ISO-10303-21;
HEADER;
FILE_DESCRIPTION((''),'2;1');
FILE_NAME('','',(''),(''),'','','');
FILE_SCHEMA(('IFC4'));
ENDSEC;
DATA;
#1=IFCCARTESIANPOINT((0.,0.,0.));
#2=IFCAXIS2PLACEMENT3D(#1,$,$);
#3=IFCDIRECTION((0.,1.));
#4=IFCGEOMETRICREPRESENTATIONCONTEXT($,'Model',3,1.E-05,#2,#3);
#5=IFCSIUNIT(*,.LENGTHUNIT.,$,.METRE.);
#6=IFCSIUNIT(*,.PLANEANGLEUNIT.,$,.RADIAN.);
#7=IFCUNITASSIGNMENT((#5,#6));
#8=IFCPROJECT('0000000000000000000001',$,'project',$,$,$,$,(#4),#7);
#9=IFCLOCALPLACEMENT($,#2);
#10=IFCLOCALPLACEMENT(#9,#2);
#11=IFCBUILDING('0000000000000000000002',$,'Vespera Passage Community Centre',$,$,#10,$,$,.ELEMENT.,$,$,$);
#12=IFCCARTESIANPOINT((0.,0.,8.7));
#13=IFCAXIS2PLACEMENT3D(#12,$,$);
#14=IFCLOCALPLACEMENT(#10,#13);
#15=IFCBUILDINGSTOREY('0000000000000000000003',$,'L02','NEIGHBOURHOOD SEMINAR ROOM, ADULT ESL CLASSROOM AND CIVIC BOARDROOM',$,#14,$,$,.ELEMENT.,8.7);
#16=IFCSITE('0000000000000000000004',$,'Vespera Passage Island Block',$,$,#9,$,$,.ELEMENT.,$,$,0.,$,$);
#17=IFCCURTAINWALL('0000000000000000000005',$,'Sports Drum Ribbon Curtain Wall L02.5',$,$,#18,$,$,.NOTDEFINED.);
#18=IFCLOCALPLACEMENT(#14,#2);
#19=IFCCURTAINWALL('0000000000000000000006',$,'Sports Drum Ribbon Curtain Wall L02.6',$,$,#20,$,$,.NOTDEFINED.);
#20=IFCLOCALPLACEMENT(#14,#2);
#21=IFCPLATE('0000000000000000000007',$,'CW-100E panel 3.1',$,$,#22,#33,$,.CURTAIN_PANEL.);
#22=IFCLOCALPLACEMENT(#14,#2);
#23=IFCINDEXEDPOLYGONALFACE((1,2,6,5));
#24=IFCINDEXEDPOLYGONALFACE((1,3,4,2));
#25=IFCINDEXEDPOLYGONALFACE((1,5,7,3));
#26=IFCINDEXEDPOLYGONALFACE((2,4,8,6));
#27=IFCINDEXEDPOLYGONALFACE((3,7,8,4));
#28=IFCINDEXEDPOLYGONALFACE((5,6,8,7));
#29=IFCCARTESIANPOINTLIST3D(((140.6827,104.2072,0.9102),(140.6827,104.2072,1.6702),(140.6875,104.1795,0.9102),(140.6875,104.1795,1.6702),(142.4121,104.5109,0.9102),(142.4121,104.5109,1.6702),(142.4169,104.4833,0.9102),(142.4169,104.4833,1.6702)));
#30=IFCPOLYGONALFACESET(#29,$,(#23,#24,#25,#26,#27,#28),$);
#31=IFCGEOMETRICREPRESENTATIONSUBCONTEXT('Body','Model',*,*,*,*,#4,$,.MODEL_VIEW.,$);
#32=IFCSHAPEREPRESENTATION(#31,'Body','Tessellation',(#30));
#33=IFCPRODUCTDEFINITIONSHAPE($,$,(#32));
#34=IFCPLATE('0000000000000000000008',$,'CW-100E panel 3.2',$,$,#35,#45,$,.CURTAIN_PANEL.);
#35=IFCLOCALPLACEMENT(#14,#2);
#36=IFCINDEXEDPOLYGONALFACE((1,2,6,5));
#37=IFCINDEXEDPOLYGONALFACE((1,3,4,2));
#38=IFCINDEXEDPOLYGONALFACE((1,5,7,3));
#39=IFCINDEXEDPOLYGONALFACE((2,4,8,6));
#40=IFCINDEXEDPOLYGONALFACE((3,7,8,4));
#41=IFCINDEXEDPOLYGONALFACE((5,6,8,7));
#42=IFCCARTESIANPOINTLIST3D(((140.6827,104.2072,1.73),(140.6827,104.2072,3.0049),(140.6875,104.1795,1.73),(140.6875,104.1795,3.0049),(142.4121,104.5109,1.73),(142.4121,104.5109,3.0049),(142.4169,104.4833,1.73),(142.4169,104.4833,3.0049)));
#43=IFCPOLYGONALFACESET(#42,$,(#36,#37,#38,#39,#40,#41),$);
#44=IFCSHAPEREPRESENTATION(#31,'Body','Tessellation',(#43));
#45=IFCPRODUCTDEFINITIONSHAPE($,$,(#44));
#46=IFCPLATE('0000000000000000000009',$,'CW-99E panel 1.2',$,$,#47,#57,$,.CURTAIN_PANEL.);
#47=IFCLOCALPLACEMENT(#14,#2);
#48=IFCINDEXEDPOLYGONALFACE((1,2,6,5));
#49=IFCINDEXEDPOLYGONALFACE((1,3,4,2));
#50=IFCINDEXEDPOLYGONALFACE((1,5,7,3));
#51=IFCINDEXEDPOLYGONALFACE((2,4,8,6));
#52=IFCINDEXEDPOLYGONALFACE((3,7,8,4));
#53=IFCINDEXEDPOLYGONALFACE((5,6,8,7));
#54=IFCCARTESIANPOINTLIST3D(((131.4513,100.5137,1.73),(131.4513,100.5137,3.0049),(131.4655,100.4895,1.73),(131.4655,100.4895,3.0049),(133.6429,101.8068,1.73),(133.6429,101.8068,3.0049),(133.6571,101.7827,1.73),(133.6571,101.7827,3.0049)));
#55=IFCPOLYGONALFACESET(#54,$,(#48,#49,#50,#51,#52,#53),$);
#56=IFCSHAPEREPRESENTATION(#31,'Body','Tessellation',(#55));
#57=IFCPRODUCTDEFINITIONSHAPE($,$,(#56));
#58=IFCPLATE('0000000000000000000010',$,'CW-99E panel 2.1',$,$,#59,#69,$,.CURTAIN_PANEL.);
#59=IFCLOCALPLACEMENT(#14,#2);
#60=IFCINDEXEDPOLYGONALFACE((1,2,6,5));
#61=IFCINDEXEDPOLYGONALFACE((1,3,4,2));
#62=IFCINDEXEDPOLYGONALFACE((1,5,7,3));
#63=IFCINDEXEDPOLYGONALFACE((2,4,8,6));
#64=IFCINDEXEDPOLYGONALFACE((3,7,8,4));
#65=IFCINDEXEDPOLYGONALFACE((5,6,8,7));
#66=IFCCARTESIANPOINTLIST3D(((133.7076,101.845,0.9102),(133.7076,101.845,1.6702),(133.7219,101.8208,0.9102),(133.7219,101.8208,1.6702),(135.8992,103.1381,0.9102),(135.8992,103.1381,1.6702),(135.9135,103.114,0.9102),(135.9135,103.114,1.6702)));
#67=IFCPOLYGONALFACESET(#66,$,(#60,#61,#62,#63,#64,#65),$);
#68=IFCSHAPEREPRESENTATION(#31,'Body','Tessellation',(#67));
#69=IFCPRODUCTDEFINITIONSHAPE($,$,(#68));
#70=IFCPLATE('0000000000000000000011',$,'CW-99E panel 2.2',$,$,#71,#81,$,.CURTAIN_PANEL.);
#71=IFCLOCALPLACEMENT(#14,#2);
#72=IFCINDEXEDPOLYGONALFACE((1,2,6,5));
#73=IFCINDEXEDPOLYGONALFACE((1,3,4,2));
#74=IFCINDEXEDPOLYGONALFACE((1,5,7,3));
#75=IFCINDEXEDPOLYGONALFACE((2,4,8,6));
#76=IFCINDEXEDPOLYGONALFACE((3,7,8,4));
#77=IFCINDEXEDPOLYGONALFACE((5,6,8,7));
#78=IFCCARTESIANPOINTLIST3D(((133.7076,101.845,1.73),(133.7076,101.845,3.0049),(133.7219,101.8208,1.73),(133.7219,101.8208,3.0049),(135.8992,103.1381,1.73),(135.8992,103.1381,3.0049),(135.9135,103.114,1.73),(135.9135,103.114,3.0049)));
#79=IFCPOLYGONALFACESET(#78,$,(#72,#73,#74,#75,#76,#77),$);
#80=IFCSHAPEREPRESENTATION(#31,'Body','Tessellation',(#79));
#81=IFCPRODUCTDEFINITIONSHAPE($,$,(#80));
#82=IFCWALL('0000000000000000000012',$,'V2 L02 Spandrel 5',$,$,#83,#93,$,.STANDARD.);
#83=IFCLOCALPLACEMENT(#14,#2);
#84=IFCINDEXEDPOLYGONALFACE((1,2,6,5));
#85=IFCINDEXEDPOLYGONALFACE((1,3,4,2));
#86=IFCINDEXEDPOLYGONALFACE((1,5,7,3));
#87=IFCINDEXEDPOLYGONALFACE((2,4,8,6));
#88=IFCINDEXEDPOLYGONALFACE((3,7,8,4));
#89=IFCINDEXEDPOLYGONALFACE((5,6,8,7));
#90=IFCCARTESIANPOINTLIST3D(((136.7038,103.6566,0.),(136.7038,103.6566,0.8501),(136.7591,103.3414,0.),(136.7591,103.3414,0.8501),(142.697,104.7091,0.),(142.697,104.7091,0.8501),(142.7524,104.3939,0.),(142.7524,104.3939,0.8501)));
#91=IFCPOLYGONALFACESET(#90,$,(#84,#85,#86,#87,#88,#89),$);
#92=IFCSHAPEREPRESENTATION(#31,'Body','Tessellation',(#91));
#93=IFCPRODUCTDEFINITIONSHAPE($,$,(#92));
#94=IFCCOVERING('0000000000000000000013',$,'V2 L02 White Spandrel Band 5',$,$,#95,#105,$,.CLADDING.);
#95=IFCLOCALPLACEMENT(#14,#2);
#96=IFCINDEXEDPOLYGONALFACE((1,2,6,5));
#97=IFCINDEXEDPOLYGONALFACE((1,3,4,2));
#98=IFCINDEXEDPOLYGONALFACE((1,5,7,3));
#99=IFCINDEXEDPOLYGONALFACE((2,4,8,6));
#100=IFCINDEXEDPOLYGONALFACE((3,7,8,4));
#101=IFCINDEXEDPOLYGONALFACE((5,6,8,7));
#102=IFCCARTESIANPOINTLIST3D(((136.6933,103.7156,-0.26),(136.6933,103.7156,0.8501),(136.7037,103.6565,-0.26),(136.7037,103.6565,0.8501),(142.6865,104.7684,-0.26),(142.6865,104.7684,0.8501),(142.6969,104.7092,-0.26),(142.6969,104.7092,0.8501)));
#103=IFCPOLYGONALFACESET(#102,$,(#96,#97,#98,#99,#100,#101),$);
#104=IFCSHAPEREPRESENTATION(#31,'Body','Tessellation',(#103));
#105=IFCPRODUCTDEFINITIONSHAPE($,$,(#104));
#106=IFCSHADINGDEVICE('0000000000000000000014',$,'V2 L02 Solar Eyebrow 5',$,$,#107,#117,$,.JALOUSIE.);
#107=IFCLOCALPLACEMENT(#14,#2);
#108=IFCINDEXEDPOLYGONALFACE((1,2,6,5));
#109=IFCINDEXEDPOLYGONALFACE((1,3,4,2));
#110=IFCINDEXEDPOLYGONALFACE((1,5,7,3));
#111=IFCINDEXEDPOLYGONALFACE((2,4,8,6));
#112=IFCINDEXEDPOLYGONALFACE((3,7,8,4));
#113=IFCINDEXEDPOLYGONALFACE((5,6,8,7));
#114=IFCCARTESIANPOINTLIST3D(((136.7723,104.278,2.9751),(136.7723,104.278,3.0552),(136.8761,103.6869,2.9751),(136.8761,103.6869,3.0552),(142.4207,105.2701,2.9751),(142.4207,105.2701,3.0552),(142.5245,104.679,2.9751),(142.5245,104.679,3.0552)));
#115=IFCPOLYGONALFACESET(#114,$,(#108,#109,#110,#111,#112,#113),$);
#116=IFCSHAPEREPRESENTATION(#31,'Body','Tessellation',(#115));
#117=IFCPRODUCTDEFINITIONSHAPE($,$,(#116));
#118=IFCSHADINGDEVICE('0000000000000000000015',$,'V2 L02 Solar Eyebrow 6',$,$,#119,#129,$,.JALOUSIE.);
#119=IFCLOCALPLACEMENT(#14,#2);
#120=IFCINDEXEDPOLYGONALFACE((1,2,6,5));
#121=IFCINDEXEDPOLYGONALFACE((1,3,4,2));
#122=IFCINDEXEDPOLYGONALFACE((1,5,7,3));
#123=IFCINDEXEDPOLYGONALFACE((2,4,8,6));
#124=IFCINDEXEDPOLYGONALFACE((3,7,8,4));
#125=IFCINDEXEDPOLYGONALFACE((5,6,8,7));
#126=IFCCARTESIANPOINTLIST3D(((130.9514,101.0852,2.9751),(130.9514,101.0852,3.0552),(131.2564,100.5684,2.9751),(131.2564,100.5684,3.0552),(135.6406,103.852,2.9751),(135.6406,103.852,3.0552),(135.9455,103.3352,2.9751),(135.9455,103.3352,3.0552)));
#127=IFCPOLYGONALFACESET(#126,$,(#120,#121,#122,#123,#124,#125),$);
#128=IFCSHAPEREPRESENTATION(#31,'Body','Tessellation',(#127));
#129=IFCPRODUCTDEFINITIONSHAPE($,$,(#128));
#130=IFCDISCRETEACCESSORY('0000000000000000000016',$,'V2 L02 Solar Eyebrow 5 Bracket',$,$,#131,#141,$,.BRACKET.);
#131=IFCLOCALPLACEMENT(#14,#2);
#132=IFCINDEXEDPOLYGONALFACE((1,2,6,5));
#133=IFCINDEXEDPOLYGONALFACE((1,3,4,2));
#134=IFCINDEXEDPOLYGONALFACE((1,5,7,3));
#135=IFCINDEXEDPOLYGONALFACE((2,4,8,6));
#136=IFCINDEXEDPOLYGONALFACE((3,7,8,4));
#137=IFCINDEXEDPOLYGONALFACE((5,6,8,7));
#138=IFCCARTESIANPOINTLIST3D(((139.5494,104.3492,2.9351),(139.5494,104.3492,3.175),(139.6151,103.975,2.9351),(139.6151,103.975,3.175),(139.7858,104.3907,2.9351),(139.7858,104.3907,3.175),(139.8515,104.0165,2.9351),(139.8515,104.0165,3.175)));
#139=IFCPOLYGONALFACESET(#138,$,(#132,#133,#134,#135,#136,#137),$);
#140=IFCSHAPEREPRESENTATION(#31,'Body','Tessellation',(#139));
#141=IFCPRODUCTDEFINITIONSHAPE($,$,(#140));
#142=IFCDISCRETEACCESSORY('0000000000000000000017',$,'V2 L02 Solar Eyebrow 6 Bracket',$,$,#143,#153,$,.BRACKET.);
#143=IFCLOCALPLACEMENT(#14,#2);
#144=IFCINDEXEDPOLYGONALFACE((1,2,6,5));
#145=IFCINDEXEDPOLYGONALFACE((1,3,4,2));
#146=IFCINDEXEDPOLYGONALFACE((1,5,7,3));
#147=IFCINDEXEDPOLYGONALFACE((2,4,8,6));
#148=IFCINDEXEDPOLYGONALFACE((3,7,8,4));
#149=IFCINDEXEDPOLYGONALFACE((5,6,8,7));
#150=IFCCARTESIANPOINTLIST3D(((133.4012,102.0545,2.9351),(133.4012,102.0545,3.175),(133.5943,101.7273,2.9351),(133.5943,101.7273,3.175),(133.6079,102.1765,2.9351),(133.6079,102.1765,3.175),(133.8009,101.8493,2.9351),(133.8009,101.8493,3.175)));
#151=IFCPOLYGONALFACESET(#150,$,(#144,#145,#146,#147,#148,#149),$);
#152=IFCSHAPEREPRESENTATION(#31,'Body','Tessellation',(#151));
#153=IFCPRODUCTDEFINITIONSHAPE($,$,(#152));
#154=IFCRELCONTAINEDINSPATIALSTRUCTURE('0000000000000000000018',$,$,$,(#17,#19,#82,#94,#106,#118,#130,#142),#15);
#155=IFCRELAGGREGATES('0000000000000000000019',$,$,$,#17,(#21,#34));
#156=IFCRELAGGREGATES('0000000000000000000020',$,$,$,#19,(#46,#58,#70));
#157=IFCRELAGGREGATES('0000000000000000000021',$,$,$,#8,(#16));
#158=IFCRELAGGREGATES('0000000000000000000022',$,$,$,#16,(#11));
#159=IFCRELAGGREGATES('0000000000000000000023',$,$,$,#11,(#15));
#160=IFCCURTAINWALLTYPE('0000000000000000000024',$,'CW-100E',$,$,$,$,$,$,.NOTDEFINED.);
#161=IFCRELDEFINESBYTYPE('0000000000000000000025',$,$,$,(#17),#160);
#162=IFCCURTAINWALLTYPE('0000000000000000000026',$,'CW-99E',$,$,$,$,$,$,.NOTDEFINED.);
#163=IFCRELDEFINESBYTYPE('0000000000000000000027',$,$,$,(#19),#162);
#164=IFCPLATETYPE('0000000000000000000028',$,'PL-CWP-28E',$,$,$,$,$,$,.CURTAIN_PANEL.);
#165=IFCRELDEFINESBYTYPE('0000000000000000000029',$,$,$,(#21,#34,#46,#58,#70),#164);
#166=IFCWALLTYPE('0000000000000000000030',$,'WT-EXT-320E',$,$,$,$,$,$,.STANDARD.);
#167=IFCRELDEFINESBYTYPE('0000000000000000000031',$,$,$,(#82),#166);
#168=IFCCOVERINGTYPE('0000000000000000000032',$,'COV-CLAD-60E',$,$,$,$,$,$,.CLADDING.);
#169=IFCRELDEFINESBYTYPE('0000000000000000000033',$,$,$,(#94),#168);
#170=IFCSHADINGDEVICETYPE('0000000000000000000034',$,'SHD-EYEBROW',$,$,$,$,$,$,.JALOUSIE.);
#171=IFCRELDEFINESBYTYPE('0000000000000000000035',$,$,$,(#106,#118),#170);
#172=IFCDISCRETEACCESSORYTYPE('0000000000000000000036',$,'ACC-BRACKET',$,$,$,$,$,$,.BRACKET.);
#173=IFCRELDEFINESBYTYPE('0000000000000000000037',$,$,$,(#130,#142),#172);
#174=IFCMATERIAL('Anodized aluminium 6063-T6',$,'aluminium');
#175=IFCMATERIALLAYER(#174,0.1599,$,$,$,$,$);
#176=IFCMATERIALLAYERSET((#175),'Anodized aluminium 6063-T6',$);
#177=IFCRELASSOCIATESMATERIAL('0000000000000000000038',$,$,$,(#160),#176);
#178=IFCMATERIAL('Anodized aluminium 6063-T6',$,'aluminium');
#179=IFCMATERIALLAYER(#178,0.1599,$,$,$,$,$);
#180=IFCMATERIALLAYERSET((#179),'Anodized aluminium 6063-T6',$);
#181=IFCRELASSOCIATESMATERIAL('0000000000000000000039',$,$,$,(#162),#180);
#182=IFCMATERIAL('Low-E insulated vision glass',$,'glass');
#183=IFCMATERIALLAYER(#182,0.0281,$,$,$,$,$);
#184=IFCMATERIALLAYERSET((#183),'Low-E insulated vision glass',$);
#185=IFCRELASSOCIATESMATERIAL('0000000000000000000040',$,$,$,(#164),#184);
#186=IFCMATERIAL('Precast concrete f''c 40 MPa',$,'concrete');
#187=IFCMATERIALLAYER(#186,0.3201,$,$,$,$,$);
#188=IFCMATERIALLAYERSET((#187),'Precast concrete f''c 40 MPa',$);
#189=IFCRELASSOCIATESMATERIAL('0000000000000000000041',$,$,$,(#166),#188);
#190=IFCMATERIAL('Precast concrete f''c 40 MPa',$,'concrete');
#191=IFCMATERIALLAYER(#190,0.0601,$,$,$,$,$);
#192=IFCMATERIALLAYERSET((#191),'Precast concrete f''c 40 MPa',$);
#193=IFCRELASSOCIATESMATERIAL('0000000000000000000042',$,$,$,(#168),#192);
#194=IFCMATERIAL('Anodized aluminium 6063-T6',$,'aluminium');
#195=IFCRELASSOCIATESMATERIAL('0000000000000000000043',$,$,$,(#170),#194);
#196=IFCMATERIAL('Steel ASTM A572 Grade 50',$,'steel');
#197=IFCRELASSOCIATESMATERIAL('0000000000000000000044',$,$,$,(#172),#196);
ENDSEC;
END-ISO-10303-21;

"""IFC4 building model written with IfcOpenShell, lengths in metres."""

from ifc_helpers import new_model, si_unit, direction, frame, frame_2d, origin, origin_2d, place, context, subcontext, project, spatial, rectangle, extrude, material, layer, layer_set, type_object, element, aggregate, save


model = new_model("IFC4")

# Units and contexts
model_context = context("Model", 3, precision=1e-05, world=origin(), true_north=direction((0.0, 1.0)))
body_context = subcontext(model_context, "Body", "Model", "MODEL_VIEW")
ifc_project = project(units=[si_unit("LENGTHUNIT", "METRE"), si_unit("PLANEANGLEUNIT", "RADIAN")], contexts=[model_context])

# Site, building, storey
site_placement = place(None, origin())
site = spatial("IfcSite", under=ifc_project, at=site_placement, Name="Vespera Passage Island Block", CompositionType="ELEMENT", RefElevation=0.0)
building_placement = place(site_placement, origin())
building = spatial("IfcBuilding", under=site, at=building_placement, Name="Vespera Passage Community Centre", CompositionType="ELEMENT")
storey_placement = place(building_placement, frame((0.0, 0.0, 8.7)))
storey = spatial("IfcBuildingStorey", under=building, at=storey_placement, Name="L02", Description="NEIGHBOURHOOD SEMINAR ROOM, ADULT ESL CLASSROOM AND CIVIC BOARDROOM", CompositionType="ELEMENT", Elevation=8.7)

# Curtain walls
ifc_material_1 = material(Name="Anodized aluminium 6063-T6", Category="aluminium")
ifc_layer_1 = layer(ifc_material_1, 0.1599)
ifc_layer_set_1 = layer_set([ifc_layer_1], Name="Anodized aluminium 6063-T6")
curtain_wall_type_1 = type_object("IfcCurtainWallType", Name="CW-100E", PredefinedType="NOTDEFINED", material=ifc_layer_set_1)
curtain_wall_1_placement = place(storey_placement, origin())
curtain_wall_1 = element("IfcCurtainWall", 1, at=curtain_wall_1_placement, inside=storey, type_object=curtain_wall_type_1, Name="Sports Drum Ribbon Curtain Wall L02.5", PredefinedType="NOTDEFINED")
ifc_material_2 = material(Name="Anodized aluminium 6063-T6", Category="aluminium")
ifc_layer_2 = layer(ifc_material_2, 0.1599)
ifc_layer_set_2 = layer_set([ifc_layer_2], Name="Anodized aluminium 6063-T6")
curtain_wall_type_2 = type_object("IfcCurtainWallType", Name="CW-99E", PredefinedType="NOTDEFINED", material=ifc_layer_set_2)
curtain_wall_2_placement = place(storey_placement, origin())
curtain_wall_2 = element("IfcCurtainWall", 2, at=curtain_wall_2_placement, inside=storey, type_object=curtain_wall_type_2, Name="Sports Drum Ribbon Curtain Wall L02.6", PredefinedType="NOTDEFINED")

# Plates
ifc_material_3 = material(Name="Low-E insulated vision glass", Category="glass")
ifc_layer_3 = layer(ifc_material_3, 0.0281)
ifc_layer_set_3 = layer_set([ifc_layer_3], Name="Low-E insulated vision glass")
plate_type = type_object("IfcPlateType", Name="PL-CWP-28E", PredefinedType="CURTAIN_PANEL", material=ifc_layer_set_3)
plate_1_placement = place(storey_placement, frame((141.5498, 104.3452, 0.9102), z_axis=(0.0, 0.0, 1.0), x_axis=(0.984923, 0.172994, 0.0)))
plate_1 = element("IfcPlate", 3, at=plate_1_placement, type_object=plate_type, Name="CW-100E panel 3.1", PredefinedType="CURTAIN_PANEL", context=body_context, shape_type="SweptSolid", body=[
    extrude(rectangle(XDim=1.7559, YDim=0.0281, at=origin_2d()), origin(), (0.0, 0.0, 1.0), 0.76),
])
plate_2_placement = place(storey_placement, frame((141.5498, 104.3452, 1.73), z_axis=(0.0, 0.0, 1.0), x_axis=(0.984923, 0.172994, 0.0)))
plate_2 = element("IfcPlate", 4, at=plate_2_placement, type_object=plate_type, Name="CW-100E panel 3.2", PredefinedType="CURTAIN_PANEL", context=body_context, shape_type="SweptSolid", body=[
    extrude(rectangle(XDim=1.7559, YDim=0.0281, at=origin_2d()), origin(), (0.0, 0.0, 1.0), 1.2749),
])
aggregate(curtain_wall_1, [plate_1, plate_2])
plate_3_placement = place(storey_placement, frame((132.5542, 101.1482, 1.73), z_axis=(0.0, 0.0, 1.0), x_axis=(0.861257, 0.50817, 0.0)))
plate_3 = element("IfcPlate", 5, at=plate_3_placement, type_object=plate_type, Name="CW-99E panel 1.2", PredefinedType="CURTAIN_PANEL", context=body_context, shape_type="SweptSolid", body=[
    extrude(rectangle(XDim=2.5447, YDim=0.0281, at=origin_2d()), origin(), (0.0, 0.0, 1.0), 1.2749),
])
plate_4_placement = place(storey_placement, frame((134.8105, 102.4795, 0.9102), z_axis=(0.0, 0.0, 1.0), x_axis=(0.861257, 0.50817, 0.0)))
plate_4 = element("IfcPlate", 6, at=plate_4_placement, type_object=plate_type, Name="CW-99E panel 2.1", PredefinedType="CURTAIN_PANEL", context=body_context, shape_type="SweptSolid", body=[
    extrude(rectangle(XDim=2.5447, YDim=0.0281, at=origin_2d()), origin(), (0.0, 0.0, 1.0), 0.76),
])
plate_5_placement = place(storey_placement, frame((134.8105, 102.4795, 1.73), z_axis=(0.0, 0.0, 1.0), x_axis=(0.861257, 0.50817, 0.0)))
plate_5 = element("IfcPlate", 7, at=plate_5_placement, type_object=plate_type, Name="CW-99E panel 2.2", PredefinedType="CURTAIN_PANEL", context=body_context, shape_type="SweptSolid", body=[
    extrude(rectangle(XDim=2.5447, YDim=0.0281, at=origin_2d()), origin(), (0.0, 0.0, 1.0), 1.2749),
])
aggregate(curtain_wall_2, [plate_3, plate_4, plate_5])

# Wall
ifc_material_4 = material(Name="Precast concrete f'c 40 MPa", Category="concrete")
ifc_layer_4 = layer(ifc_material_4, 0.3201)
ifc_layer_set_4 = layer_set([ifc_layer_4], Name="Precast concrete f'c 40 MPa")
wall_type = type_object("IfcWallType", Name="WT-EXT-320E", PredefinedType="STANDARD", material=ifc_layer_set_4)
wall_placement = place(storey_placement, frame((136.7314, 103.499, 0.0), z_axis=(0.0, 0.0, 1.0), x_axis=(0.984927, 0.172968, 0.0)))
element("IfcWall", 8, at=wall_placement, inside=storey, type_object=wall_type, Name="V2 L02 Spandrel 5", PredefinedType="STANDARD", context=body_context, shape_type="SweptSolid", body=[
    extrude(rectangle(XDim=6.085, YDim=0.3201, at=frame_2d((3.0425, 0.0))), origin(), (0.0, 0.0, 1.0), 0.8501),
])

# Covering
ifc_material_5 = material(Name="Precast concrete f'c 40 MPa", Category="concrete")
ifc_layer_5 = layer(ifc_material_5, 0.0601)
ifc_layer_set_5 = layer_set([ifc_layer_5], Name="Precast concrete f'c 40 MPa")
covering_type = type_object("IfcCoveringType", Name="COV-CLAD-60E", PredefinedType="CLADDING", material=ifc_layer_set_5)
covering_placement = place(storey_placement, frame((136.6985, 103.686, -0.26), z_axis=(0.0, 0.0, 1.0), x_axis=(0.984921, 0.173007, 0.0)))
element("IfcCovering", 9, at=covering_placement, inside=storey, type_object=covering_type, Name="V2 L02 White Spandrel Band 5", PredefinedType="CLADDING", context=body_context, shape_type="SweptSolid", body=[
    extrude(rectangle(XDim=6.085, YDim=0.0601, at=frame_2d((3.0425, 0.0))), origin(), (0.0, 0.0, 1.0), 1.1101),
])

# Shading devices
ifc_material_6 = material(Name="Anodized aluminium 6063-T6", Category="aluminium")
shading_device_type = type_object("IfcShadingDeviceType", Name="SHD-EYEBROW", PredefinedType="JALOUSIE", material=ifc_material_6)
shading_device_1_placement = place(storey_placement, frame((139.6484, 104.4785, 2.9751), z_axis=(0.0, 0.0, 1.0), x_axis=(0.984923, 0.172995, 0.0)))
element("IfcShadingDevice", 10, at=shading_device_1_placement, inside=storey, type_object=shading_device_type, Name="V2 L02 Solar Eyebrow 5", PredefinedType="JALOUSIE", context=body_context, shape_type="SweptSolid", body=[
    extrude(rectangle(XDim=5.7349, YDim=0.6001, at=origin_2d()), origin(), (0.0, 0.0, 1.0), 0.0801),
])
shading_device_2_placement = place(storey_placement, frame((133.4485, 102.2102, 2.9751), z_axis=(0.0, 0.0, 1.0), x_axis=(0.861248, 0.508185, 0.0)))
element("IfcShadingDevice", 11, at=shading_device_2_placement, inside=storey, type_object=shading_device_type, Name="V2 L02 Solar Eyebrow 6", PredefinedType="JALOUSIE", context=body_context, shape_type="SweptSolid", body=[
    extrude(rectangle(XDim=5.4446, YDim=0.6001, at=origin_2d()), origin(), (0.0, 0.0, 1.0), 0.0801),
])

# Discrete accessories
ifc_material_7 = material(Name="Steel ASTM A572 Grade 50", Category="steel")
discrete_accessory_type = type_object("IfcDiscreteAccessoryType", Name="ACC-BRACKET", PredefinedType="BRACKET", material=ifc_material_7)
for number, where, z_axis, x_axis, name in (
    (12, (139.7004, 104.1829, 2.9351), (0.0, 0.0, 1.0), (0.984923, 0.172995, 0.0), "V2 L02 Solar Eyebrow 5 Bracket"),
    (13, (133.6011, 101.9519, 2.9351), (0.0, 0.0, 1.0), (0.861248, 0.508185, 0.0), "V2 L02 Solar Eyebrow 6 Bracket"),
):
    element("IfcDiscreteAccessory", number, at=place(storey_placement, frame(where, z_axis=z_axis, x_axis=x_axis)), inside=storey, type_object=discrete_accessory_type, Name=name, PredefinedType="BRACKET", context=body_context, shape_type="SweptSolid", body=[
        extrude(rectangle(XDim=0.24, YDim=0.3799, at=origin_2d()), origin(), (0.0, 0.0, 1.0), 0.24),
    ])

save(model, "model.ifc")
